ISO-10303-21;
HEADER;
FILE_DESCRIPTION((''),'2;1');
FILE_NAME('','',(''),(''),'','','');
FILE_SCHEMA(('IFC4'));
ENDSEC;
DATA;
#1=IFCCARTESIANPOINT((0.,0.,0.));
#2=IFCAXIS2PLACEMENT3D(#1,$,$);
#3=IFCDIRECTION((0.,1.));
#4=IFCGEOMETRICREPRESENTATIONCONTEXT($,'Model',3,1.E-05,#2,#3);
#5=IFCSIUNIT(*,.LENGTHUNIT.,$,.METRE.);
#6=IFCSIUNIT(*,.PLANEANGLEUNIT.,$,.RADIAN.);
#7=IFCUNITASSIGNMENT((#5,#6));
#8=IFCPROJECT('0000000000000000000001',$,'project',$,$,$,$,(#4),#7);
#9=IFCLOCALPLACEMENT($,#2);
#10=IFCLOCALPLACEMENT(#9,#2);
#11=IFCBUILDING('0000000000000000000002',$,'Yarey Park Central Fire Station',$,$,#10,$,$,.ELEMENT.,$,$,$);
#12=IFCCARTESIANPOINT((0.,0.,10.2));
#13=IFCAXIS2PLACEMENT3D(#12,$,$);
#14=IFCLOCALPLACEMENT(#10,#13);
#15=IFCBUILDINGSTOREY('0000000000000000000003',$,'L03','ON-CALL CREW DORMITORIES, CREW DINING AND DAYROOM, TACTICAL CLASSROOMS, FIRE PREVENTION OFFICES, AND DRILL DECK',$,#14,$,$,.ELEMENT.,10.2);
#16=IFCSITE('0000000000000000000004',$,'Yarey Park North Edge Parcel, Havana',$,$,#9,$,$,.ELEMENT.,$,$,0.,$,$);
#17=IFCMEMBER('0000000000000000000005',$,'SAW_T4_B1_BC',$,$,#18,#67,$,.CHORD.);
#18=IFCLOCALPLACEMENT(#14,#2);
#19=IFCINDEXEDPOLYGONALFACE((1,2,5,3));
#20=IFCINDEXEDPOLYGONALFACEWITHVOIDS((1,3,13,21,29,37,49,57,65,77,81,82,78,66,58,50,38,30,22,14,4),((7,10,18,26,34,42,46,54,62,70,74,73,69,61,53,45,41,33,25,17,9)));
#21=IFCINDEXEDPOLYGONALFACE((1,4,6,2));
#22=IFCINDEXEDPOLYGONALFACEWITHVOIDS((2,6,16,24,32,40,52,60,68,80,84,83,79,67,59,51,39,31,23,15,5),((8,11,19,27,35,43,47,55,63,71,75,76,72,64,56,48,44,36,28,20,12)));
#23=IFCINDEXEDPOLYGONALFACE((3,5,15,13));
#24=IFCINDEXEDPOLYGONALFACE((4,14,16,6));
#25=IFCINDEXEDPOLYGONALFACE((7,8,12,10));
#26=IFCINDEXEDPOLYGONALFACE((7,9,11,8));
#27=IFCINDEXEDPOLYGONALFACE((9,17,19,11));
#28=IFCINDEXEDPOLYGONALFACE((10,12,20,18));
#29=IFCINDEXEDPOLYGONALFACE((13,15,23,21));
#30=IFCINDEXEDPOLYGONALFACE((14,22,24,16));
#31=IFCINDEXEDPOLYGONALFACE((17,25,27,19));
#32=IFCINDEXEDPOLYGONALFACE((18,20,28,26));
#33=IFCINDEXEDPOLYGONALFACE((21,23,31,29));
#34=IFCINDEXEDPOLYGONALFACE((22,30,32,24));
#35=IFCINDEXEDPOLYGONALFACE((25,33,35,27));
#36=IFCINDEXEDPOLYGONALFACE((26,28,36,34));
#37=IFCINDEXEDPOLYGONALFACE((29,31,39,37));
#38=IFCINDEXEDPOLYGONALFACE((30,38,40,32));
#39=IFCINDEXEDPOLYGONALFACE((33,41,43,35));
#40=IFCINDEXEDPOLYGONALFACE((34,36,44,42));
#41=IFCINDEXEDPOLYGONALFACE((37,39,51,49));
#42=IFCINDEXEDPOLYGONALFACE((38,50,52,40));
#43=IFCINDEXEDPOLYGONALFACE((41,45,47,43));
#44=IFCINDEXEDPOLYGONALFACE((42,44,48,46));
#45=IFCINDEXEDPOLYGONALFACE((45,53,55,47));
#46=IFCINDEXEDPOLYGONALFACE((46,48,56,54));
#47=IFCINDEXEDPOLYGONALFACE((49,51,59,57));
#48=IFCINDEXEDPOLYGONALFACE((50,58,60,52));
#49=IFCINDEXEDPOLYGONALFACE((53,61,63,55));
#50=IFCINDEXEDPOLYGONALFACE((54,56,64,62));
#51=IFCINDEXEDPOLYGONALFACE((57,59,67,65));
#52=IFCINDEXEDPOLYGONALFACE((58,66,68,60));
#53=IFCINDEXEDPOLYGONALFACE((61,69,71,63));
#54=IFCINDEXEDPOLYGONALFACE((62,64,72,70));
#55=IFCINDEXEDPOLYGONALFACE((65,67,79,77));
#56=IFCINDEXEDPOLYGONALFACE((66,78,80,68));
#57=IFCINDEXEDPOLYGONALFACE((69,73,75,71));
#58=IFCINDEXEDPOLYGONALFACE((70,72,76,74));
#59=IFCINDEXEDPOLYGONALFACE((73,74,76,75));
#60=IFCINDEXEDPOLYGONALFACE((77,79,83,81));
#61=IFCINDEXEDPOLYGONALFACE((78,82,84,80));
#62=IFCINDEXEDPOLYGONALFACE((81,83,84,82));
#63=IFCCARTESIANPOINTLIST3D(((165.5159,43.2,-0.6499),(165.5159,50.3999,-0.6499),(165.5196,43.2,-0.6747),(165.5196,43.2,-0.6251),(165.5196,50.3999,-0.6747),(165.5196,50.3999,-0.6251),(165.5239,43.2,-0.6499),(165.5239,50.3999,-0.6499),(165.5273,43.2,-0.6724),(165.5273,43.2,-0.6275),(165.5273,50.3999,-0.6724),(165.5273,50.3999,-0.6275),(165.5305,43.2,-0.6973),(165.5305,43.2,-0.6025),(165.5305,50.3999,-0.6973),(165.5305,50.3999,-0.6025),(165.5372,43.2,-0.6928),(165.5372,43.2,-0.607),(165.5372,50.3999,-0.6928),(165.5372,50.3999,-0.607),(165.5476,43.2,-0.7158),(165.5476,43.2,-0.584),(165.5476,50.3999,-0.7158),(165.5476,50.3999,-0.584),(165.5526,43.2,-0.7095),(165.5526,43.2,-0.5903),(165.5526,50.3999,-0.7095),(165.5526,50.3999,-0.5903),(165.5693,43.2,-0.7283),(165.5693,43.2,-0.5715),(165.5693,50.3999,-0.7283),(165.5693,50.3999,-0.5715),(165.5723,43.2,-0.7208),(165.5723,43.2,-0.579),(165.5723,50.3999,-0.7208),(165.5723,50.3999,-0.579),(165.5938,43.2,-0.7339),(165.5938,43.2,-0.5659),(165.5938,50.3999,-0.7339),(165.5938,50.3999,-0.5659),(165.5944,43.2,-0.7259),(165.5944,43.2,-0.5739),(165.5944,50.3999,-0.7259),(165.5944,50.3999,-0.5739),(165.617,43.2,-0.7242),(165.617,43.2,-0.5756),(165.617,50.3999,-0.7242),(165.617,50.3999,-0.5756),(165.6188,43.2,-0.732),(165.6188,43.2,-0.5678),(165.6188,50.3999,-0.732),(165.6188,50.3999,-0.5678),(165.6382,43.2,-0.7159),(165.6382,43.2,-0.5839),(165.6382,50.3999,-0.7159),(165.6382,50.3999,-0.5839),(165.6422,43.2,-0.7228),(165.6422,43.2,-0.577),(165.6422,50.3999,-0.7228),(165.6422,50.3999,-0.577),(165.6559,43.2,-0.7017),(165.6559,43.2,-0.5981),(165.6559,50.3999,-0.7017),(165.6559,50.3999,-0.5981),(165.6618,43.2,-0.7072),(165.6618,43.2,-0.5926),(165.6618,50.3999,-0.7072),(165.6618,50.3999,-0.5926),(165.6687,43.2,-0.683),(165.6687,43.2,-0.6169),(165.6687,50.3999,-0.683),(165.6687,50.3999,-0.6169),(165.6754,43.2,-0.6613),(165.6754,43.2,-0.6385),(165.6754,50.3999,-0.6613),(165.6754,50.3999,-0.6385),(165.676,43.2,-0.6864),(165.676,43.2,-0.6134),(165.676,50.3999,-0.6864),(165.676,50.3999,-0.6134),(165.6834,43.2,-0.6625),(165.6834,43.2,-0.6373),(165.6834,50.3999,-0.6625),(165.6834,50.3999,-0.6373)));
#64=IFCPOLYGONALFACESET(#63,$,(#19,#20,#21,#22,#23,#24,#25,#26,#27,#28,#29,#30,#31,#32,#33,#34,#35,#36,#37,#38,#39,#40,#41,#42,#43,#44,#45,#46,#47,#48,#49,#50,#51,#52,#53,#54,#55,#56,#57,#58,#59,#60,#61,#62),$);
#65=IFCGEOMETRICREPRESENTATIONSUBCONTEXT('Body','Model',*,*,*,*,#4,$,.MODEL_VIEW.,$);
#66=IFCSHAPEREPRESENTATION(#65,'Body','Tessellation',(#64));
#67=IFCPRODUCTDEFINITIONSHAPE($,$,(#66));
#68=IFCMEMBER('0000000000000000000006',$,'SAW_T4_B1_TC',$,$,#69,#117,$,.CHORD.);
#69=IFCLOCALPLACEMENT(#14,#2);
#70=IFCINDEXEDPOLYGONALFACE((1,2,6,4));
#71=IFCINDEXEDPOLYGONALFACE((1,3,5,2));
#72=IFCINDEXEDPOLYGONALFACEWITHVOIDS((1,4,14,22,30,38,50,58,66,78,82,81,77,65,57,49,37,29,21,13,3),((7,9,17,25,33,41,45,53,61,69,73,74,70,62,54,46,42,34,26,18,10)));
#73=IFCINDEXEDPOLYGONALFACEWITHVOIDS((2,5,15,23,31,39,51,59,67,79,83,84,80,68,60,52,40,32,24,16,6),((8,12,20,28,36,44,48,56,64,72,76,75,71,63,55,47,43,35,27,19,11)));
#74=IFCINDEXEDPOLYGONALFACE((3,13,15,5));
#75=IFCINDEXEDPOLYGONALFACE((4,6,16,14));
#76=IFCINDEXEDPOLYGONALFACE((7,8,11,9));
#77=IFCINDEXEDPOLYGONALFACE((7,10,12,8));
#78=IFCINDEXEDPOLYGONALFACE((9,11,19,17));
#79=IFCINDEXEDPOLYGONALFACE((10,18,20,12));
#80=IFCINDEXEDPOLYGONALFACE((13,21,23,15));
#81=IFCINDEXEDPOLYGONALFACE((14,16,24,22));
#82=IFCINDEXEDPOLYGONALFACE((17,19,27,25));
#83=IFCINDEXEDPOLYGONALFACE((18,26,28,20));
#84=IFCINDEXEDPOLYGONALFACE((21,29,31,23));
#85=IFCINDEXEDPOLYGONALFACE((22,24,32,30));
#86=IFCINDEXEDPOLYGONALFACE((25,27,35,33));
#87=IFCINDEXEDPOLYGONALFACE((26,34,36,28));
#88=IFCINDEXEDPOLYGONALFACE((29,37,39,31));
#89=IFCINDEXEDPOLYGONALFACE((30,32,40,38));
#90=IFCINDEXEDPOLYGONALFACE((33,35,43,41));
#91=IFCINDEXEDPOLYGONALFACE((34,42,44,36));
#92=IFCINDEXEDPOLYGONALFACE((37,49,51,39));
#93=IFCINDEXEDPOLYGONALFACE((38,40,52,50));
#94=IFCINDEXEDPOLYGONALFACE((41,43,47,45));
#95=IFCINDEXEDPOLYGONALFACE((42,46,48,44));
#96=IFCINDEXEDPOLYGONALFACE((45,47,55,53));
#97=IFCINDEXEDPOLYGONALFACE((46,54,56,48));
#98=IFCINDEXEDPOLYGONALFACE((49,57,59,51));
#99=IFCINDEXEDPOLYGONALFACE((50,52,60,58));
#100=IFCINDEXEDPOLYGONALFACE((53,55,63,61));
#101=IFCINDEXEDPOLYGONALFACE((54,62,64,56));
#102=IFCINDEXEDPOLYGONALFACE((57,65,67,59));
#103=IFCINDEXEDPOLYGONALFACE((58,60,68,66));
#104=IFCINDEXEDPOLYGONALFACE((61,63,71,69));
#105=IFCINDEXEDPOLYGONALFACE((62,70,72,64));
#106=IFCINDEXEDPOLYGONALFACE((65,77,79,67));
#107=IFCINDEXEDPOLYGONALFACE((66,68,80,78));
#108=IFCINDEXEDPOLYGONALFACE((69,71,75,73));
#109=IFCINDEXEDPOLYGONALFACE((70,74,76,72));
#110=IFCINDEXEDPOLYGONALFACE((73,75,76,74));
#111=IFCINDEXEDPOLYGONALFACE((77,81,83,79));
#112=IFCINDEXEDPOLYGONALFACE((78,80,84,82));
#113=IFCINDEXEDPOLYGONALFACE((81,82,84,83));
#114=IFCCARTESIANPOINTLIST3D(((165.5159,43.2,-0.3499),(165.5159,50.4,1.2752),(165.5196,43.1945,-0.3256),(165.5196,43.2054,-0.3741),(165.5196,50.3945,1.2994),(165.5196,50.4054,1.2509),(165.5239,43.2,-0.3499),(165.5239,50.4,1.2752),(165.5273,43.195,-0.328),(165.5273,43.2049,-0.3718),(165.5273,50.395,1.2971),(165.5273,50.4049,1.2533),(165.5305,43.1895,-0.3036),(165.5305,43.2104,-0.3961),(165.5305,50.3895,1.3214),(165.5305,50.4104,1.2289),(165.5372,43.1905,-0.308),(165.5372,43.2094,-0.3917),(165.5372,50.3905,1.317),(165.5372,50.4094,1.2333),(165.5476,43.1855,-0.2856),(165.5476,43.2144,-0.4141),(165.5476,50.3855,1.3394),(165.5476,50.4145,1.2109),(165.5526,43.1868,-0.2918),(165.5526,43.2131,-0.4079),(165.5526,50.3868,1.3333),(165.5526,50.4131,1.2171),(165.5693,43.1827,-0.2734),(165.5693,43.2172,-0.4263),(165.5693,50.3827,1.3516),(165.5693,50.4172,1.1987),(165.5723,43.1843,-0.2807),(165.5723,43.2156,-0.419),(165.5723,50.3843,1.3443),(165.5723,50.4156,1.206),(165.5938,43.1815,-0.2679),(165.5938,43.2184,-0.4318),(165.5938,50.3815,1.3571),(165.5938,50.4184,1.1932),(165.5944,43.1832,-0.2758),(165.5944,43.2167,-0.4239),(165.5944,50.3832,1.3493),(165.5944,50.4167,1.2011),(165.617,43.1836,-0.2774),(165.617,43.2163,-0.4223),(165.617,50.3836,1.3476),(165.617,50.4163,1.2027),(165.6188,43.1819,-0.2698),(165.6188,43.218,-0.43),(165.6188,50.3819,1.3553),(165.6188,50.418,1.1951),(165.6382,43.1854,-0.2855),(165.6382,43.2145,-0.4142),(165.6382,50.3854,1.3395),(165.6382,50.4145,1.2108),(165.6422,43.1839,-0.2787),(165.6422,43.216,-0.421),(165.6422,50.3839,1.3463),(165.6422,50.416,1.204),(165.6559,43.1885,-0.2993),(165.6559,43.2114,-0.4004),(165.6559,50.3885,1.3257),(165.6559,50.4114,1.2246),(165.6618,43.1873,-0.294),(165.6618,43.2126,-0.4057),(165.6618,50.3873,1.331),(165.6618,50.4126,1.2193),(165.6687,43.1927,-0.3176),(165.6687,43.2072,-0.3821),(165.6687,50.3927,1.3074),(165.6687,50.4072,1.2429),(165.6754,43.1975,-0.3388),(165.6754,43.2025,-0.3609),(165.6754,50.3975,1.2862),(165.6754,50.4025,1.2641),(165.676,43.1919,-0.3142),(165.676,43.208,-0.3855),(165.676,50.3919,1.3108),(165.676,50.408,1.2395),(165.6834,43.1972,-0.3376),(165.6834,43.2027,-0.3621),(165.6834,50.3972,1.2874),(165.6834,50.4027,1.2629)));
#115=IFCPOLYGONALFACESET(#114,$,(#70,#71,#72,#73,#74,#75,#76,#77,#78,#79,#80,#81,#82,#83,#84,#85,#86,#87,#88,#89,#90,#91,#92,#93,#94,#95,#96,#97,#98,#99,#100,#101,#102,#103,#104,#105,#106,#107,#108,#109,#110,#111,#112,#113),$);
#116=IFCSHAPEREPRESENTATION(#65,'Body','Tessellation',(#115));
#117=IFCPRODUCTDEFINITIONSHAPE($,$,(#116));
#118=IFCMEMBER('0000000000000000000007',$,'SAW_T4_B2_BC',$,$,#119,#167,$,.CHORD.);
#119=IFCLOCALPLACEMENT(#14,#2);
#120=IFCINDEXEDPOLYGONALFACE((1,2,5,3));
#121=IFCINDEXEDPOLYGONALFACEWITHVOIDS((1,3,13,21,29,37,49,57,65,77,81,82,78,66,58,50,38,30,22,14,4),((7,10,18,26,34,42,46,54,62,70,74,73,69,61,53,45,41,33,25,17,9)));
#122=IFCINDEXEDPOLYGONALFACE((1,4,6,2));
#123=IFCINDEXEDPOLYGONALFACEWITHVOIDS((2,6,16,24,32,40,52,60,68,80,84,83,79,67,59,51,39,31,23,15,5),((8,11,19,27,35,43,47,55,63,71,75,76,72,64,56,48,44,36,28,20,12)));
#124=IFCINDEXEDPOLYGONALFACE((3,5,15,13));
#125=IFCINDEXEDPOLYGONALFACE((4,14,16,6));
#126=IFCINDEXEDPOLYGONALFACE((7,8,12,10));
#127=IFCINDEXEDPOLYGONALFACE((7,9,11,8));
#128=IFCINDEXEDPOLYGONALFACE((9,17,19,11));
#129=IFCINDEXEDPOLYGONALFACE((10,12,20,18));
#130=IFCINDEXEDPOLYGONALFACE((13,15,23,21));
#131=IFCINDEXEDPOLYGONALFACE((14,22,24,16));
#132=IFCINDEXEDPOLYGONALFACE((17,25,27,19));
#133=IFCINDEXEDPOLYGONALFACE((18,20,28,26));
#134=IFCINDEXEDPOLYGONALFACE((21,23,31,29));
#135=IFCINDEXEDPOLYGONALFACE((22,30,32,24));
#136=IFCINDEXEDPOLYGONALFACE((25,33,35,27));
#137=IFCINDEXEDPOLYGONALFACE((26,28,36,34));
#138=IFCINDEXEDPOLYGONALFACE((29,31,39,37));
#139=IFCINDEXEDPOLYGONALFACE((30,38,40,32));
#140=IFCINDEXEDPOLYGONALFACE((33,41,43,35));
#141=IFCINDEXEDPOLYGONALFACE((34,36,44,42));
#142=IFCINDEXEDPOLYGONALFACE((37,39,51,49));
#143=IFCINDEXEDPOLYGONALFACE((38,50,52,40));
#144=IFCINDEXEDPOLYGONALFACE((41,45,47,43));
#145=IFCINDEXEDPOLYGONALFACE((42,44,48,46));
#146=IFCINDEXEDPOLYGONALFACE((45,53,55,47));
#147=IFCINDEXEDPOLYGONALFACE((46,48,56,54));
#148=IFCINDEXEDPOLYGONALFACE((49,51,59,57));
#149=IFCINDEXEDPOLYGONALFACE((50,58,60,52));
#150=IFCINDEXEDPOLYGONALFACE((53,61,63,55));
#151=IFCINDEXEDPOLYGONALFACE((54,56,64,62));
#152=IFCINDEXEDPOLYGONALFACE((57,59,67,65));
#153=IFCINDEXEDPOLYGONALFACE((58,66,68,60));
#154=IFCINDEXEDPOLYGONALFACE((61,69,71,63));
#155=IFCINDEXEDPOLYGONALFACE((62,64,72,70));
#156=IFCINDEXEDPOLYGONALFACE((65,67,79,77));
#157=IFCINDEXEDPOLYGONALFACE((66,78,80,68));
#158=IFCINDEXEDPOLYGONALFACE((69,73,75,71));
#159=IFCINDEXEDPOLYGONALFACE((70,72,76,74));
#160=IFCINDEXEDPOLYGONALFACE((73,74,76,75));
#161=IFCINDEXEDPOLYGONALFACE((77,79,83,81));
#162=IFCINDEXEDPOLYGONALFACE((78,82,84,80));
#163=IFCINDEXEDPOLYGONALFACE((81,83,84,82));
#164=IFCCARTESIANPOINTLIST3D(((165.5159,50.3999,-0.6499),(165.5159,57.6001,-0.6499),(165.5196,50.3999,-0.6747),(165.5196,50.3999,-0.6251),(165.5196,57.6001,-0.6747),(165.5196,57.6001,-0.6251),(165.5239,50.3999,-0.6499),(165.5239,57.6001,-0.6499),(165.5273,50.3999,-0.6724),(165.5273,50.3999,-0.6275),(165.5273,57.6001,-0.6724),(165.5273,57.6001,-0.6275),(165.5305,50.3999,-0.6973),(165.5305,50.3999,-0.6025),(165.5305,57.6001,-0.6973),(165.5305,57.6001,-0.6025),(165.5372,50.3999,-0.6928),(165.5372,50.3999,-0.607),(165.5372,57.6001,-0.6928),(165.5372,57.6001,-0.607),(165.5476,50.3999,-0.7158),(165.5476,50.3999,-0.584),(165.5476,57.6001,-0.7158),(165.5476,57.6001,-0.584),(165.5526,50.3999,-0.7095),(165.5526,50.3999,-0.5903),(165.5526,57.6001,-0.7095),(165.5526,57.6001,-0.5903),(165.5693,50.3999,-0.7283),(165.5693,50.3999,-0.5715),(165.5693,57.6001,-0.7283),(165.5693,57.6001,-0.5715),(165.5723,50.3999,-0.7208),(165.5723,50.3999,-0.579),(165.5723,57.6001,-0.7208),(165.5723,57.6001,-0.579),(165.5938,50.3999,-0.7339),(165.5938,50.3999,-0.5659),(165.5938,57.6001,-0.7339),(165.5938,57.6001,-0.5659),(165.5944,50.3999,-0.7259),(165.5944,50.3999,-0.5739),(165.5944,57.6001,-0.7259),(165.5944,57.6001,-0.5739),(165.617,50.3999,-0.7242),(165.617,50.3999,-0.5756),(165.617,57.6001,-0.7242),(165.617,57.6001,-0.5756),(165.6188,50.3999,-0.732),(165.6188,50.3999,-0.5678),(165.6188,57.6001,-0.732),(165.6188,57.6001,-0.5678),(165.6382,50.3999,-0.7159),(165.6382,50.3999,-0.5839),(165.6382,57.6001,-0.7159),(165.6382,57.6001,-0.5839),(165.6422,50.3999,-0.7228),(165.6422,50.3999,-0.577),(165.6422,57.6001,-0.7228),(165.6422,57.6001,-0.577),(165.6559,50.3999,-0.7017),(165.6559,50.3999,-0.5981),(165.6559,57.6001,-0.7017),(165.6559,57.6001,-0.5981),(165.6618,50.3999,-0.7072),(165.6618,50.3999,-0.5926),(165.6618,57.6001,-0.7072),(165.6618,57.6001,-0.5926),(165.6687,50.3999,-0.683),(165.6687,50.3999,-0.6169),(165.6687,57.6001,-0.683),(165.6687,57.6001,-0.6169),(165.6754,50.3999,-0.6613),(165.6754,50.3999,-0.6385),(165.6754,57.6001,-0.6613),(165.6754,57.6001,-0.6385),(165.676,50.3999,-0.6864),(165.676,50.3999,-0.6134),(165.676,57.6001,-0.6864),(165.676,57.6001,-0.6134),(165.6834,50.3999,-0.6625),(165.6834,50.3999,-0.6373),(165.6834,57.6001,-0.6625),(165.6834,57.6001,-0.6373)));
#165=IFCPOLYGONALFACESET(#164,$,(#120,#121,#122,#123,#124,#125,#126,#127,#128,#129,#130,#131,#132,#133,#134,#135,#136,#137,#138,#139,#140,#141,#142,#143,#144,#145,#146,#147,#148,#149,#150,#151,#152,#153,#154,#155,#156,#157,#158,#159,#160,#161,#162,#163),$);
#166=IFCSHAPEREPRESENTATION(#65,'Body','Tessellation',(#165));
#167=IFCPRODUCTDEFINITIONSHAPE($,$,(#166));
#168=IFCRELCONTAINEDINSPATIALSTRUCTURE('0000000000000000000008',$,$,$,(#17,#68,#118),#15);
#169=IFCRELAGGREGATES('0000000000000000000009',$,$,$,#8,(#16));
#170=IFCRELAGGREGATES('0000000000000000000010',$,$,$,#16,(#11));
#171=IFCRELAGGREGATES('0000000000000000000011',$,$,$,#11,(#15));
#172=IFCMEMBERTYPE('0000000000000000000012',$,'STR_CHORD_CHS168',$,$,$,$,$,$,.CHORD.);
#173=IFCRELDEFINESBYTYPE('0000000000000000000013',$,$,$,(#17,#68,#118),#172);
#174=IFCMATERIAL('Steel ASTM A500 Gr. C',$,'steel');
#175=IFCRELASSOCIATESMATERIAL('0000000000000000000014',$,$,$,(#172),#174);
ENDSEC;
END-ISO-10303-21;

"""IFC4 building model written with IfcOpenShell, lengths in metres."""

from ifc_helpers import new_model, si_unit, direction, frame, origin, origin_2d, place, context, subcontext, project, spatial, hollow_circle, extrude, material, material_profile, profile_set, type_object, element, save


model = new_model("IFC4")

# Units and contexts
model_context = context("Model", 3, precision=1e-05, world=origin(), true_north=direction((0.0, 1.0)))
body_context = subcontext(model_context, "Body", "Model", "MODEL_VIEW")
ifc_project = project(units=[si_unit("LENGTHUNIT", "METRE"), si_unit("PLANEANGLEUNIT", "RADIAN")], contexts=[model_context])

# Site, building, storey
site_placement = place(None, origin())
site = spatial("IfcSite", under=ifc_project, at=site_placement, Name="Yarey Park North Edge Parcel, Havana", CompositionType="ELEMENT", RefElevation=0.0)
building_placement = place(site_placement, origin())
building = spatial("IfcBuilding", under=site, at=building_placement, Name="Yarey Park Central Fire Station", CompositionType="ELEMENT")
storey_placement = place(building_placement, frame((0.0, 0.0, 10.2)))
storey = spatial("IfcBuildingStorey", under=building, at=storey_placement, Name="L03", Description="ON-CALL CREW DORMITORIES, CREW DINING AND DAYROOM, TACTICAL CLASSROOMS, FIRE PREVENTION OFFICES, AND DRILL DECK", CompositionType="ELEMENT", Elevation=10.2)

# Members
ifc_material_1 = material(Name="Steel ASTM A500 Gr. C", Category="steel")
ifc_material_profile_1 = material_profile(ifc_material_1, hollow_circle(Radius=0.0842, WallThickness=0.0081, at=origin_2d()), Name="CHS 168.3x8")
ifc_profile_set_1 = profile_set([ifc_material_profile_1], Name="Steel ASTM A500 Gr. C")
member_type_1 = type_object("IfcMemberType", Name="STR_CHORD_CHS168", PredefinedType="CHORD", material=ifc_profile_set_1)
member_1_placement = place(storey_placement, frame((165.6001, 43.2, -0.6499), z_axis=(0.0, 1.0, 0.0), x_axis=(-1.0, 0.0, 0.0)))
element("IfcMember", 1, at=member_1_placement, inside=storey, type_object=member_type_1, Name="SAW_T4_B1_BC", PredefinedType="CHORD", context=body_context, shape_type="SweptSolid", body=[
    extrude(hollow_circle(Radius=0.0842, WallThickness=0.0081, at=origin_2d()), origin(), (0.0, 0.0, 1.0), 7.2),
])
member_2_placement = place(storey_placement, frame((165.6001, 43.2, -0.3499), z_axis=(0.0, 0.975464, 0.220158), x_axis=(-1.0, 0.0, 0.0)))
element("IfcMember", 2, at=member_2_placement, inside=storey, type_object=member_type_1, Name="SAW_T4_B1_TC", PredefinedType="CHORD", context=body_context, shape_type="SweptSolid", body=[
    extrude(hollow_circle(Radius=0.0842, WallThickness=0.0081, at=origin_2d()), origin(), (0.0, 0.0, 1.0), 7.3811),
])
member_3_placement = place(storey_placement, frame((165.6001, 50.3999, -0.6499), z_axis=(0.0, 1.0, 0.0), x_axis=(-1.0, 0.0, 0.0)))
element("IfcMember", 3, at=member_3_placement, inside=storey, type_object=member_type_1, Name="SAW_T4_B2_BC", PredefinedType="CHORD", context=body_context, shape_type="SweptSolid", body=[
    extrude(hollow_circle(Radius=0.0842, WallThickness=0.0081, at=origin_2d()), origin(), (0.0, 0.0, 1.0), 7.2002),
])

save(model, "model.ifc")
